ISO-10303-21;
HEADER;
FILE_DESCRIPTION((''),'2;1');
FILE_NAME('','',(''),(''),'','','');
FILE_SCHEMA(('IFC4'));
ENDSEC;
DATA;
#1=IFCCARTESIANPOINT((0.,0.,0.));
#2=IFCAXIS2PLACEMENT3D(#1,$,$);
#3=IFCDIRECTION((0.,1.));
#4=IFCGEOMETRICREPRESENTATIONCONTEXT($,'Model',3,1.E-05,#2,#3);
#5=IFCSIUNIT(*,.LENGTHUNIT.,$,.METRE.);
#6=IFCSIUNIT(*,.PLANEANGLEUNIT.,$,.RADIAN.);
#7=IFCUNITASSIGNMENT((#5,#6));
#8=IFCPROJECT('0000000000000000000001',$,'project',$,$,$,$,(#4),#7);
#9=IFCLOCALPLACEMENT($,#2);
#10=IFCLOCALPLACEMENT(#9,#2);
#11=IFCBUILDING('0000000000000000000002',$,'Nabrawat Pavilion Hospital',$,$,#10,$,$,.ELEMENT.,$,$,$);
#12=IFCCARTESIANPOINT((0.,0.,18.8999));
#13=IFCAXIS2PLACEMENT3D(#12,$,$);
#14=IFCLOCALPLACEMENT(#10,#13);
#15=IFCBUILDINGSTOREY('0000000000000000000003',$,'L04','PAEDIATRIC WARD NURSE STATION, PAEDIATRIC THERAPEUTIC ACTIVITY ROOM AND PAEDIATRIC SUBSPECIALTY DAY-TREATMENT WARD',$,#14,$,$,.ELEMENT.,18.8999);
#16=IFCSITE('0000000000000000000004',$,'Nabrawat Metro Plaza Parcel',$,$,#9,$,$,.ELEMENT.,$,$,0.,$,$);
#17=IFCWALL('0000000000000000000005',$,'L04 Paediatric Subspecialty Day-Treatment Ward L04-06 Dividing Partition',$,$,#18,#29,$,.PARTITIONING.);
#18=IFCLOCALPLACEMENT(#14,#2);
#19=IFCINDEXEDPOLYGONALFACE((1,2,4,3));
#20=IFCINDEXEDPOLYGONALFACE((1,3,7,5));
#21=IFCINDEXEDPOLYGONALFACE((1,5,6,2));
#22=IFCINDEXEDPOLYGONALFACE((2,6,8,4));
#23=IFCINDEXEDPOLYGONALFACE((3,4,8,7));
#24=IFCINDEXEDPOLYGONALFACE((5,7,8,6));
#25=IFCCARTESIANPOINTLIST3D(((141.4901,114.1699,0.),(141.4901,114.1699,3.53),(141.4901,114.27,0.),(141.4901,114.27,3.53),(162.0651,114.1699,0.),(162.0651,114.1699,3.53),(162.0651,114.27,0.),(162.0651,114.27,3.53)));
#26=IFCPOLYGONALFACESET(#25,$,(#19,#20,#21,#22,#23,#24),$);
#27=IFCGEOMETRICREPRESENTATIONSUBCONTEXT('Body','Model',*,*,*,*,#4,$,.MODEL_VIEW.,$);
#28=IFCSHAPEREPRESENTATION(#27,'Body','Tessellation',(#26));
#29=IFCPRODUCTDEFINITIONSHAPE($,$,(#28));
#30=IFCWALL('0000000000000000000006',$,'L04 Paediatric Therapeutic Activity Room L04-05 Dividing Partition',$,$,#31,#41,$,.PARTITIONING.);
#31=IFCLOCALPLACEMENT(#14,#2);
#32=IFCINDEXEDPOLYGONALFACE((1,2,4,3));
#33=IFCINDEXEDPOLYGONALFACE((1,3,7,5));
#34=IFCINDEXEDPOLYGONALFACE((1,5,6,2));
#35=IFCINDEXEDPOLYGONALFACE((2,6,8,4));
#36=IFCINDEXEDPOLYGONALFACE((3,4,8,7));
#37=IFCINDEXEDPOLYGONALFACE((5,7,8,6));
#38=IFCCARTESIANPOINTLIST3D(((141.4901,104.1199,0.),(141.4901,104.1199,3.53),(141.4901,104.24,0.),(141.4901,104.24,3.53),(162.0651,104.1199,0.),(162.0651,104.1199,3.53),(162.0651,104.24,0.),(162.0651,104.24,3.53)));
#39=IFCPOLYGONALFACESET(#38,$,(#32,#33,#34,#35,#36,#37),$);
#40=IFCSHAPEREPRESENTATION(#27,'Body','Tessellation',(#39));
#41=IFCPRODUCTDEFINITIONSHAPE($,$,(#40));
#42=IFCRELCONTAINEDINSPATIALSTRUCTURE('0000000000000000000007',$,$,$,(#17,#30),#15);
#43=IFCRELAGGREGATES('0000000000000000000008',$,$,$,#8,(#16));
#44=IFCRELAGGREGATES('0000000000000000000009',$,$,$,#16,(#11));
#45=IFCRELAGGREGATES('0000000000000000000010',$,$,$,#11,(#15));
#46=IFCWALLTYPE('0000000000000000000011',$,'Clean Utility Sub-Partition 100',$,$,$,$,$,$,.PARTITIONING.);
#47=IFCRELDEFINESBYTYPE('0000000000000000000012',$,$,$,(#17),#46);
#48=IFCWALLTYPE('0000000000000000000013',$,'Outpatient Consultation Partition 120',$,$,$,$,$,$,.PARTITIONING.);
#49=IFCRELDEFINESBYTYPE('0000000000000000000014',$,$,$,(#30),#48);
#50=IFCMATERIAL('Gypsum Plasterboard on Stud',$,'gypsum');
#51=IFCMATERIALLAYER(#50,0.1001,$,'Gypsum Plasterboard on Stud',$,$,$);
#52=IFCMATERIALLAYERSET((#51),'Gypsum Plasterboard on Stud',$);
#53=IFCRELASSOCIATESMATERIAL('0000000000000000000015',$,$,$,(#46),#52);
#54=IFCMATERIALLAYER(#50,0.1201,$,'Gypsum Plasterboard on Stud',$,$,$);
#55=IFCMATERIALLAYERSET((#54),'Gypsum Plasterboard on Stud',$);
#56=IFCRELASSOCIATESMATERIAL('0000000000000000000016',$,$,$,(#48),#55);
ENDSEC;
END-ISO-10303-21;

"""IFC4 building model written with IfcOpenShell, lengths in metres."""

from ifc_helpers import new_model, si_unit, direction, frame, frame_2d, origin, place, context, subcontext, project, spatial, rectangle, extrude, material, layer, layer_set, type_object, element, save


model = new_model("IFC4")

# Units and contexts
model_context = context("Model", 3, precision=1e-05, world=origin(), true_north=direction((0.0, 1.0)))
body_context = subcontext(model_context, "Body", "Model", "MODEL_VIEW")
ifc_project = project(units=[si_unit("LENGTHUNIT", "METRE"), si_unit("PLANEANGLEUNIT", "RADIAN")], contexts=[model_context])

# Site, building, storey
site_placement = place(None, origin())
site = spatial("IfcSite", under=ifc_project, at=site_placement, Name="Nabrawat Metro Plaza Parcel", CompositionType="ELEMENT", RefElevation=0.0)
building_placement = place(site_placement, origin())
building = spatial("IfcBuilding", under=site, at=building_placement, Name="Nabrawat Pavilion Hospital", CompositionType="ELEMENT")
storey_placement = place(building_placement, frame((0.0, 0.0, 18.8999)))
storey = spatial("IfcBuildingStorey", under=building, at=storey_placement, Name="L04", Description="PAEDIATRIC WARD NURSE STATION, PAEDIATRIC THERAPEUTIC ACTIVITY ROOM AND PAEDIATRIC SUBSPECIALTY DAY-TREATMENT WARD", CompositionType="ELEMENT", Elevation=18.8999)

# Walls
ifc_material_1 = material(Name="Gypsum Plasterboard on Stud", Category="gypsum")
ifc_layer_1 = layer(ifc_material_1, 0.1001, Name="Gypsum Plasterboard on Stud")
ifc_layer_set_1 = layer_set([ifc_layer_1], Name="Gypsum Plasterboard on Stud")
wall_type_1 = type_object("IfcWallType", Name="Clean Utility Sub-Partition 100", PredefinedType="PARTITIONING", material=ifc_layer_set_1)
wall_1_placement = place(storey_placement, frame((141.49, 114.22, 0.0), z_axis=(0.0, 0.0, 1.0), x_axis=(1.0, 0.0, 0.0)))
element("IfcWall", 1, at=wall_1_placement, inside=storey, type_object=wall_type_1, Name="L04 Paediatric Subspecialty Day-Treatment Ward L04-06 Dividing Partition", PredefinedType="PARTITIONING", context=body_context, shape_type="SweptSolid", body=[
    extrude(rectangle(XDim=20.575, YDim=0.1001, at=frame_2d((10.2876, 0.0))), origin(), (0.0, 0.0, 1.0), 3.53),
])
ifc_layer_2 = layer(ifc_material_1, 0.1201, Name="Gypsum Plasterboard on Stud")
ifc_layer_set_2 = layer_set([ifc_layer_2], Name="Gypsum Plasterboard on Stud")
wall_type_2 = type_object("IfcWallType", Name="Outpatient Consultation Partition 120", PredefinedType="PARTITIONING", material=ifc_layer_set_2)
wall_2_placement = place(storey_placement, frame((141.49, 104.1799, 0.0), z_axis=(0.0, 0.0, 1.0), x_axis=(1.0, 0.0, 0.0)))
element("IfcWall", 2, at=wall_2_placement, inside=storey, type_object=wall_type_2, Name="L04 Paediatric Therapeutic Activity Room L04-05 Dividing Partition", PredefinedType="PARTITIONING", context=body_context, shape_type="SweptSolid", body=[
    extrude(rectangle(XDim=20.575, YDim=0.1201, at=frame_2d((10.2876, 0.0))), origin(), (0.0, 0.0, 1.0), 3.53),
])

save(model, "model.ifc")
